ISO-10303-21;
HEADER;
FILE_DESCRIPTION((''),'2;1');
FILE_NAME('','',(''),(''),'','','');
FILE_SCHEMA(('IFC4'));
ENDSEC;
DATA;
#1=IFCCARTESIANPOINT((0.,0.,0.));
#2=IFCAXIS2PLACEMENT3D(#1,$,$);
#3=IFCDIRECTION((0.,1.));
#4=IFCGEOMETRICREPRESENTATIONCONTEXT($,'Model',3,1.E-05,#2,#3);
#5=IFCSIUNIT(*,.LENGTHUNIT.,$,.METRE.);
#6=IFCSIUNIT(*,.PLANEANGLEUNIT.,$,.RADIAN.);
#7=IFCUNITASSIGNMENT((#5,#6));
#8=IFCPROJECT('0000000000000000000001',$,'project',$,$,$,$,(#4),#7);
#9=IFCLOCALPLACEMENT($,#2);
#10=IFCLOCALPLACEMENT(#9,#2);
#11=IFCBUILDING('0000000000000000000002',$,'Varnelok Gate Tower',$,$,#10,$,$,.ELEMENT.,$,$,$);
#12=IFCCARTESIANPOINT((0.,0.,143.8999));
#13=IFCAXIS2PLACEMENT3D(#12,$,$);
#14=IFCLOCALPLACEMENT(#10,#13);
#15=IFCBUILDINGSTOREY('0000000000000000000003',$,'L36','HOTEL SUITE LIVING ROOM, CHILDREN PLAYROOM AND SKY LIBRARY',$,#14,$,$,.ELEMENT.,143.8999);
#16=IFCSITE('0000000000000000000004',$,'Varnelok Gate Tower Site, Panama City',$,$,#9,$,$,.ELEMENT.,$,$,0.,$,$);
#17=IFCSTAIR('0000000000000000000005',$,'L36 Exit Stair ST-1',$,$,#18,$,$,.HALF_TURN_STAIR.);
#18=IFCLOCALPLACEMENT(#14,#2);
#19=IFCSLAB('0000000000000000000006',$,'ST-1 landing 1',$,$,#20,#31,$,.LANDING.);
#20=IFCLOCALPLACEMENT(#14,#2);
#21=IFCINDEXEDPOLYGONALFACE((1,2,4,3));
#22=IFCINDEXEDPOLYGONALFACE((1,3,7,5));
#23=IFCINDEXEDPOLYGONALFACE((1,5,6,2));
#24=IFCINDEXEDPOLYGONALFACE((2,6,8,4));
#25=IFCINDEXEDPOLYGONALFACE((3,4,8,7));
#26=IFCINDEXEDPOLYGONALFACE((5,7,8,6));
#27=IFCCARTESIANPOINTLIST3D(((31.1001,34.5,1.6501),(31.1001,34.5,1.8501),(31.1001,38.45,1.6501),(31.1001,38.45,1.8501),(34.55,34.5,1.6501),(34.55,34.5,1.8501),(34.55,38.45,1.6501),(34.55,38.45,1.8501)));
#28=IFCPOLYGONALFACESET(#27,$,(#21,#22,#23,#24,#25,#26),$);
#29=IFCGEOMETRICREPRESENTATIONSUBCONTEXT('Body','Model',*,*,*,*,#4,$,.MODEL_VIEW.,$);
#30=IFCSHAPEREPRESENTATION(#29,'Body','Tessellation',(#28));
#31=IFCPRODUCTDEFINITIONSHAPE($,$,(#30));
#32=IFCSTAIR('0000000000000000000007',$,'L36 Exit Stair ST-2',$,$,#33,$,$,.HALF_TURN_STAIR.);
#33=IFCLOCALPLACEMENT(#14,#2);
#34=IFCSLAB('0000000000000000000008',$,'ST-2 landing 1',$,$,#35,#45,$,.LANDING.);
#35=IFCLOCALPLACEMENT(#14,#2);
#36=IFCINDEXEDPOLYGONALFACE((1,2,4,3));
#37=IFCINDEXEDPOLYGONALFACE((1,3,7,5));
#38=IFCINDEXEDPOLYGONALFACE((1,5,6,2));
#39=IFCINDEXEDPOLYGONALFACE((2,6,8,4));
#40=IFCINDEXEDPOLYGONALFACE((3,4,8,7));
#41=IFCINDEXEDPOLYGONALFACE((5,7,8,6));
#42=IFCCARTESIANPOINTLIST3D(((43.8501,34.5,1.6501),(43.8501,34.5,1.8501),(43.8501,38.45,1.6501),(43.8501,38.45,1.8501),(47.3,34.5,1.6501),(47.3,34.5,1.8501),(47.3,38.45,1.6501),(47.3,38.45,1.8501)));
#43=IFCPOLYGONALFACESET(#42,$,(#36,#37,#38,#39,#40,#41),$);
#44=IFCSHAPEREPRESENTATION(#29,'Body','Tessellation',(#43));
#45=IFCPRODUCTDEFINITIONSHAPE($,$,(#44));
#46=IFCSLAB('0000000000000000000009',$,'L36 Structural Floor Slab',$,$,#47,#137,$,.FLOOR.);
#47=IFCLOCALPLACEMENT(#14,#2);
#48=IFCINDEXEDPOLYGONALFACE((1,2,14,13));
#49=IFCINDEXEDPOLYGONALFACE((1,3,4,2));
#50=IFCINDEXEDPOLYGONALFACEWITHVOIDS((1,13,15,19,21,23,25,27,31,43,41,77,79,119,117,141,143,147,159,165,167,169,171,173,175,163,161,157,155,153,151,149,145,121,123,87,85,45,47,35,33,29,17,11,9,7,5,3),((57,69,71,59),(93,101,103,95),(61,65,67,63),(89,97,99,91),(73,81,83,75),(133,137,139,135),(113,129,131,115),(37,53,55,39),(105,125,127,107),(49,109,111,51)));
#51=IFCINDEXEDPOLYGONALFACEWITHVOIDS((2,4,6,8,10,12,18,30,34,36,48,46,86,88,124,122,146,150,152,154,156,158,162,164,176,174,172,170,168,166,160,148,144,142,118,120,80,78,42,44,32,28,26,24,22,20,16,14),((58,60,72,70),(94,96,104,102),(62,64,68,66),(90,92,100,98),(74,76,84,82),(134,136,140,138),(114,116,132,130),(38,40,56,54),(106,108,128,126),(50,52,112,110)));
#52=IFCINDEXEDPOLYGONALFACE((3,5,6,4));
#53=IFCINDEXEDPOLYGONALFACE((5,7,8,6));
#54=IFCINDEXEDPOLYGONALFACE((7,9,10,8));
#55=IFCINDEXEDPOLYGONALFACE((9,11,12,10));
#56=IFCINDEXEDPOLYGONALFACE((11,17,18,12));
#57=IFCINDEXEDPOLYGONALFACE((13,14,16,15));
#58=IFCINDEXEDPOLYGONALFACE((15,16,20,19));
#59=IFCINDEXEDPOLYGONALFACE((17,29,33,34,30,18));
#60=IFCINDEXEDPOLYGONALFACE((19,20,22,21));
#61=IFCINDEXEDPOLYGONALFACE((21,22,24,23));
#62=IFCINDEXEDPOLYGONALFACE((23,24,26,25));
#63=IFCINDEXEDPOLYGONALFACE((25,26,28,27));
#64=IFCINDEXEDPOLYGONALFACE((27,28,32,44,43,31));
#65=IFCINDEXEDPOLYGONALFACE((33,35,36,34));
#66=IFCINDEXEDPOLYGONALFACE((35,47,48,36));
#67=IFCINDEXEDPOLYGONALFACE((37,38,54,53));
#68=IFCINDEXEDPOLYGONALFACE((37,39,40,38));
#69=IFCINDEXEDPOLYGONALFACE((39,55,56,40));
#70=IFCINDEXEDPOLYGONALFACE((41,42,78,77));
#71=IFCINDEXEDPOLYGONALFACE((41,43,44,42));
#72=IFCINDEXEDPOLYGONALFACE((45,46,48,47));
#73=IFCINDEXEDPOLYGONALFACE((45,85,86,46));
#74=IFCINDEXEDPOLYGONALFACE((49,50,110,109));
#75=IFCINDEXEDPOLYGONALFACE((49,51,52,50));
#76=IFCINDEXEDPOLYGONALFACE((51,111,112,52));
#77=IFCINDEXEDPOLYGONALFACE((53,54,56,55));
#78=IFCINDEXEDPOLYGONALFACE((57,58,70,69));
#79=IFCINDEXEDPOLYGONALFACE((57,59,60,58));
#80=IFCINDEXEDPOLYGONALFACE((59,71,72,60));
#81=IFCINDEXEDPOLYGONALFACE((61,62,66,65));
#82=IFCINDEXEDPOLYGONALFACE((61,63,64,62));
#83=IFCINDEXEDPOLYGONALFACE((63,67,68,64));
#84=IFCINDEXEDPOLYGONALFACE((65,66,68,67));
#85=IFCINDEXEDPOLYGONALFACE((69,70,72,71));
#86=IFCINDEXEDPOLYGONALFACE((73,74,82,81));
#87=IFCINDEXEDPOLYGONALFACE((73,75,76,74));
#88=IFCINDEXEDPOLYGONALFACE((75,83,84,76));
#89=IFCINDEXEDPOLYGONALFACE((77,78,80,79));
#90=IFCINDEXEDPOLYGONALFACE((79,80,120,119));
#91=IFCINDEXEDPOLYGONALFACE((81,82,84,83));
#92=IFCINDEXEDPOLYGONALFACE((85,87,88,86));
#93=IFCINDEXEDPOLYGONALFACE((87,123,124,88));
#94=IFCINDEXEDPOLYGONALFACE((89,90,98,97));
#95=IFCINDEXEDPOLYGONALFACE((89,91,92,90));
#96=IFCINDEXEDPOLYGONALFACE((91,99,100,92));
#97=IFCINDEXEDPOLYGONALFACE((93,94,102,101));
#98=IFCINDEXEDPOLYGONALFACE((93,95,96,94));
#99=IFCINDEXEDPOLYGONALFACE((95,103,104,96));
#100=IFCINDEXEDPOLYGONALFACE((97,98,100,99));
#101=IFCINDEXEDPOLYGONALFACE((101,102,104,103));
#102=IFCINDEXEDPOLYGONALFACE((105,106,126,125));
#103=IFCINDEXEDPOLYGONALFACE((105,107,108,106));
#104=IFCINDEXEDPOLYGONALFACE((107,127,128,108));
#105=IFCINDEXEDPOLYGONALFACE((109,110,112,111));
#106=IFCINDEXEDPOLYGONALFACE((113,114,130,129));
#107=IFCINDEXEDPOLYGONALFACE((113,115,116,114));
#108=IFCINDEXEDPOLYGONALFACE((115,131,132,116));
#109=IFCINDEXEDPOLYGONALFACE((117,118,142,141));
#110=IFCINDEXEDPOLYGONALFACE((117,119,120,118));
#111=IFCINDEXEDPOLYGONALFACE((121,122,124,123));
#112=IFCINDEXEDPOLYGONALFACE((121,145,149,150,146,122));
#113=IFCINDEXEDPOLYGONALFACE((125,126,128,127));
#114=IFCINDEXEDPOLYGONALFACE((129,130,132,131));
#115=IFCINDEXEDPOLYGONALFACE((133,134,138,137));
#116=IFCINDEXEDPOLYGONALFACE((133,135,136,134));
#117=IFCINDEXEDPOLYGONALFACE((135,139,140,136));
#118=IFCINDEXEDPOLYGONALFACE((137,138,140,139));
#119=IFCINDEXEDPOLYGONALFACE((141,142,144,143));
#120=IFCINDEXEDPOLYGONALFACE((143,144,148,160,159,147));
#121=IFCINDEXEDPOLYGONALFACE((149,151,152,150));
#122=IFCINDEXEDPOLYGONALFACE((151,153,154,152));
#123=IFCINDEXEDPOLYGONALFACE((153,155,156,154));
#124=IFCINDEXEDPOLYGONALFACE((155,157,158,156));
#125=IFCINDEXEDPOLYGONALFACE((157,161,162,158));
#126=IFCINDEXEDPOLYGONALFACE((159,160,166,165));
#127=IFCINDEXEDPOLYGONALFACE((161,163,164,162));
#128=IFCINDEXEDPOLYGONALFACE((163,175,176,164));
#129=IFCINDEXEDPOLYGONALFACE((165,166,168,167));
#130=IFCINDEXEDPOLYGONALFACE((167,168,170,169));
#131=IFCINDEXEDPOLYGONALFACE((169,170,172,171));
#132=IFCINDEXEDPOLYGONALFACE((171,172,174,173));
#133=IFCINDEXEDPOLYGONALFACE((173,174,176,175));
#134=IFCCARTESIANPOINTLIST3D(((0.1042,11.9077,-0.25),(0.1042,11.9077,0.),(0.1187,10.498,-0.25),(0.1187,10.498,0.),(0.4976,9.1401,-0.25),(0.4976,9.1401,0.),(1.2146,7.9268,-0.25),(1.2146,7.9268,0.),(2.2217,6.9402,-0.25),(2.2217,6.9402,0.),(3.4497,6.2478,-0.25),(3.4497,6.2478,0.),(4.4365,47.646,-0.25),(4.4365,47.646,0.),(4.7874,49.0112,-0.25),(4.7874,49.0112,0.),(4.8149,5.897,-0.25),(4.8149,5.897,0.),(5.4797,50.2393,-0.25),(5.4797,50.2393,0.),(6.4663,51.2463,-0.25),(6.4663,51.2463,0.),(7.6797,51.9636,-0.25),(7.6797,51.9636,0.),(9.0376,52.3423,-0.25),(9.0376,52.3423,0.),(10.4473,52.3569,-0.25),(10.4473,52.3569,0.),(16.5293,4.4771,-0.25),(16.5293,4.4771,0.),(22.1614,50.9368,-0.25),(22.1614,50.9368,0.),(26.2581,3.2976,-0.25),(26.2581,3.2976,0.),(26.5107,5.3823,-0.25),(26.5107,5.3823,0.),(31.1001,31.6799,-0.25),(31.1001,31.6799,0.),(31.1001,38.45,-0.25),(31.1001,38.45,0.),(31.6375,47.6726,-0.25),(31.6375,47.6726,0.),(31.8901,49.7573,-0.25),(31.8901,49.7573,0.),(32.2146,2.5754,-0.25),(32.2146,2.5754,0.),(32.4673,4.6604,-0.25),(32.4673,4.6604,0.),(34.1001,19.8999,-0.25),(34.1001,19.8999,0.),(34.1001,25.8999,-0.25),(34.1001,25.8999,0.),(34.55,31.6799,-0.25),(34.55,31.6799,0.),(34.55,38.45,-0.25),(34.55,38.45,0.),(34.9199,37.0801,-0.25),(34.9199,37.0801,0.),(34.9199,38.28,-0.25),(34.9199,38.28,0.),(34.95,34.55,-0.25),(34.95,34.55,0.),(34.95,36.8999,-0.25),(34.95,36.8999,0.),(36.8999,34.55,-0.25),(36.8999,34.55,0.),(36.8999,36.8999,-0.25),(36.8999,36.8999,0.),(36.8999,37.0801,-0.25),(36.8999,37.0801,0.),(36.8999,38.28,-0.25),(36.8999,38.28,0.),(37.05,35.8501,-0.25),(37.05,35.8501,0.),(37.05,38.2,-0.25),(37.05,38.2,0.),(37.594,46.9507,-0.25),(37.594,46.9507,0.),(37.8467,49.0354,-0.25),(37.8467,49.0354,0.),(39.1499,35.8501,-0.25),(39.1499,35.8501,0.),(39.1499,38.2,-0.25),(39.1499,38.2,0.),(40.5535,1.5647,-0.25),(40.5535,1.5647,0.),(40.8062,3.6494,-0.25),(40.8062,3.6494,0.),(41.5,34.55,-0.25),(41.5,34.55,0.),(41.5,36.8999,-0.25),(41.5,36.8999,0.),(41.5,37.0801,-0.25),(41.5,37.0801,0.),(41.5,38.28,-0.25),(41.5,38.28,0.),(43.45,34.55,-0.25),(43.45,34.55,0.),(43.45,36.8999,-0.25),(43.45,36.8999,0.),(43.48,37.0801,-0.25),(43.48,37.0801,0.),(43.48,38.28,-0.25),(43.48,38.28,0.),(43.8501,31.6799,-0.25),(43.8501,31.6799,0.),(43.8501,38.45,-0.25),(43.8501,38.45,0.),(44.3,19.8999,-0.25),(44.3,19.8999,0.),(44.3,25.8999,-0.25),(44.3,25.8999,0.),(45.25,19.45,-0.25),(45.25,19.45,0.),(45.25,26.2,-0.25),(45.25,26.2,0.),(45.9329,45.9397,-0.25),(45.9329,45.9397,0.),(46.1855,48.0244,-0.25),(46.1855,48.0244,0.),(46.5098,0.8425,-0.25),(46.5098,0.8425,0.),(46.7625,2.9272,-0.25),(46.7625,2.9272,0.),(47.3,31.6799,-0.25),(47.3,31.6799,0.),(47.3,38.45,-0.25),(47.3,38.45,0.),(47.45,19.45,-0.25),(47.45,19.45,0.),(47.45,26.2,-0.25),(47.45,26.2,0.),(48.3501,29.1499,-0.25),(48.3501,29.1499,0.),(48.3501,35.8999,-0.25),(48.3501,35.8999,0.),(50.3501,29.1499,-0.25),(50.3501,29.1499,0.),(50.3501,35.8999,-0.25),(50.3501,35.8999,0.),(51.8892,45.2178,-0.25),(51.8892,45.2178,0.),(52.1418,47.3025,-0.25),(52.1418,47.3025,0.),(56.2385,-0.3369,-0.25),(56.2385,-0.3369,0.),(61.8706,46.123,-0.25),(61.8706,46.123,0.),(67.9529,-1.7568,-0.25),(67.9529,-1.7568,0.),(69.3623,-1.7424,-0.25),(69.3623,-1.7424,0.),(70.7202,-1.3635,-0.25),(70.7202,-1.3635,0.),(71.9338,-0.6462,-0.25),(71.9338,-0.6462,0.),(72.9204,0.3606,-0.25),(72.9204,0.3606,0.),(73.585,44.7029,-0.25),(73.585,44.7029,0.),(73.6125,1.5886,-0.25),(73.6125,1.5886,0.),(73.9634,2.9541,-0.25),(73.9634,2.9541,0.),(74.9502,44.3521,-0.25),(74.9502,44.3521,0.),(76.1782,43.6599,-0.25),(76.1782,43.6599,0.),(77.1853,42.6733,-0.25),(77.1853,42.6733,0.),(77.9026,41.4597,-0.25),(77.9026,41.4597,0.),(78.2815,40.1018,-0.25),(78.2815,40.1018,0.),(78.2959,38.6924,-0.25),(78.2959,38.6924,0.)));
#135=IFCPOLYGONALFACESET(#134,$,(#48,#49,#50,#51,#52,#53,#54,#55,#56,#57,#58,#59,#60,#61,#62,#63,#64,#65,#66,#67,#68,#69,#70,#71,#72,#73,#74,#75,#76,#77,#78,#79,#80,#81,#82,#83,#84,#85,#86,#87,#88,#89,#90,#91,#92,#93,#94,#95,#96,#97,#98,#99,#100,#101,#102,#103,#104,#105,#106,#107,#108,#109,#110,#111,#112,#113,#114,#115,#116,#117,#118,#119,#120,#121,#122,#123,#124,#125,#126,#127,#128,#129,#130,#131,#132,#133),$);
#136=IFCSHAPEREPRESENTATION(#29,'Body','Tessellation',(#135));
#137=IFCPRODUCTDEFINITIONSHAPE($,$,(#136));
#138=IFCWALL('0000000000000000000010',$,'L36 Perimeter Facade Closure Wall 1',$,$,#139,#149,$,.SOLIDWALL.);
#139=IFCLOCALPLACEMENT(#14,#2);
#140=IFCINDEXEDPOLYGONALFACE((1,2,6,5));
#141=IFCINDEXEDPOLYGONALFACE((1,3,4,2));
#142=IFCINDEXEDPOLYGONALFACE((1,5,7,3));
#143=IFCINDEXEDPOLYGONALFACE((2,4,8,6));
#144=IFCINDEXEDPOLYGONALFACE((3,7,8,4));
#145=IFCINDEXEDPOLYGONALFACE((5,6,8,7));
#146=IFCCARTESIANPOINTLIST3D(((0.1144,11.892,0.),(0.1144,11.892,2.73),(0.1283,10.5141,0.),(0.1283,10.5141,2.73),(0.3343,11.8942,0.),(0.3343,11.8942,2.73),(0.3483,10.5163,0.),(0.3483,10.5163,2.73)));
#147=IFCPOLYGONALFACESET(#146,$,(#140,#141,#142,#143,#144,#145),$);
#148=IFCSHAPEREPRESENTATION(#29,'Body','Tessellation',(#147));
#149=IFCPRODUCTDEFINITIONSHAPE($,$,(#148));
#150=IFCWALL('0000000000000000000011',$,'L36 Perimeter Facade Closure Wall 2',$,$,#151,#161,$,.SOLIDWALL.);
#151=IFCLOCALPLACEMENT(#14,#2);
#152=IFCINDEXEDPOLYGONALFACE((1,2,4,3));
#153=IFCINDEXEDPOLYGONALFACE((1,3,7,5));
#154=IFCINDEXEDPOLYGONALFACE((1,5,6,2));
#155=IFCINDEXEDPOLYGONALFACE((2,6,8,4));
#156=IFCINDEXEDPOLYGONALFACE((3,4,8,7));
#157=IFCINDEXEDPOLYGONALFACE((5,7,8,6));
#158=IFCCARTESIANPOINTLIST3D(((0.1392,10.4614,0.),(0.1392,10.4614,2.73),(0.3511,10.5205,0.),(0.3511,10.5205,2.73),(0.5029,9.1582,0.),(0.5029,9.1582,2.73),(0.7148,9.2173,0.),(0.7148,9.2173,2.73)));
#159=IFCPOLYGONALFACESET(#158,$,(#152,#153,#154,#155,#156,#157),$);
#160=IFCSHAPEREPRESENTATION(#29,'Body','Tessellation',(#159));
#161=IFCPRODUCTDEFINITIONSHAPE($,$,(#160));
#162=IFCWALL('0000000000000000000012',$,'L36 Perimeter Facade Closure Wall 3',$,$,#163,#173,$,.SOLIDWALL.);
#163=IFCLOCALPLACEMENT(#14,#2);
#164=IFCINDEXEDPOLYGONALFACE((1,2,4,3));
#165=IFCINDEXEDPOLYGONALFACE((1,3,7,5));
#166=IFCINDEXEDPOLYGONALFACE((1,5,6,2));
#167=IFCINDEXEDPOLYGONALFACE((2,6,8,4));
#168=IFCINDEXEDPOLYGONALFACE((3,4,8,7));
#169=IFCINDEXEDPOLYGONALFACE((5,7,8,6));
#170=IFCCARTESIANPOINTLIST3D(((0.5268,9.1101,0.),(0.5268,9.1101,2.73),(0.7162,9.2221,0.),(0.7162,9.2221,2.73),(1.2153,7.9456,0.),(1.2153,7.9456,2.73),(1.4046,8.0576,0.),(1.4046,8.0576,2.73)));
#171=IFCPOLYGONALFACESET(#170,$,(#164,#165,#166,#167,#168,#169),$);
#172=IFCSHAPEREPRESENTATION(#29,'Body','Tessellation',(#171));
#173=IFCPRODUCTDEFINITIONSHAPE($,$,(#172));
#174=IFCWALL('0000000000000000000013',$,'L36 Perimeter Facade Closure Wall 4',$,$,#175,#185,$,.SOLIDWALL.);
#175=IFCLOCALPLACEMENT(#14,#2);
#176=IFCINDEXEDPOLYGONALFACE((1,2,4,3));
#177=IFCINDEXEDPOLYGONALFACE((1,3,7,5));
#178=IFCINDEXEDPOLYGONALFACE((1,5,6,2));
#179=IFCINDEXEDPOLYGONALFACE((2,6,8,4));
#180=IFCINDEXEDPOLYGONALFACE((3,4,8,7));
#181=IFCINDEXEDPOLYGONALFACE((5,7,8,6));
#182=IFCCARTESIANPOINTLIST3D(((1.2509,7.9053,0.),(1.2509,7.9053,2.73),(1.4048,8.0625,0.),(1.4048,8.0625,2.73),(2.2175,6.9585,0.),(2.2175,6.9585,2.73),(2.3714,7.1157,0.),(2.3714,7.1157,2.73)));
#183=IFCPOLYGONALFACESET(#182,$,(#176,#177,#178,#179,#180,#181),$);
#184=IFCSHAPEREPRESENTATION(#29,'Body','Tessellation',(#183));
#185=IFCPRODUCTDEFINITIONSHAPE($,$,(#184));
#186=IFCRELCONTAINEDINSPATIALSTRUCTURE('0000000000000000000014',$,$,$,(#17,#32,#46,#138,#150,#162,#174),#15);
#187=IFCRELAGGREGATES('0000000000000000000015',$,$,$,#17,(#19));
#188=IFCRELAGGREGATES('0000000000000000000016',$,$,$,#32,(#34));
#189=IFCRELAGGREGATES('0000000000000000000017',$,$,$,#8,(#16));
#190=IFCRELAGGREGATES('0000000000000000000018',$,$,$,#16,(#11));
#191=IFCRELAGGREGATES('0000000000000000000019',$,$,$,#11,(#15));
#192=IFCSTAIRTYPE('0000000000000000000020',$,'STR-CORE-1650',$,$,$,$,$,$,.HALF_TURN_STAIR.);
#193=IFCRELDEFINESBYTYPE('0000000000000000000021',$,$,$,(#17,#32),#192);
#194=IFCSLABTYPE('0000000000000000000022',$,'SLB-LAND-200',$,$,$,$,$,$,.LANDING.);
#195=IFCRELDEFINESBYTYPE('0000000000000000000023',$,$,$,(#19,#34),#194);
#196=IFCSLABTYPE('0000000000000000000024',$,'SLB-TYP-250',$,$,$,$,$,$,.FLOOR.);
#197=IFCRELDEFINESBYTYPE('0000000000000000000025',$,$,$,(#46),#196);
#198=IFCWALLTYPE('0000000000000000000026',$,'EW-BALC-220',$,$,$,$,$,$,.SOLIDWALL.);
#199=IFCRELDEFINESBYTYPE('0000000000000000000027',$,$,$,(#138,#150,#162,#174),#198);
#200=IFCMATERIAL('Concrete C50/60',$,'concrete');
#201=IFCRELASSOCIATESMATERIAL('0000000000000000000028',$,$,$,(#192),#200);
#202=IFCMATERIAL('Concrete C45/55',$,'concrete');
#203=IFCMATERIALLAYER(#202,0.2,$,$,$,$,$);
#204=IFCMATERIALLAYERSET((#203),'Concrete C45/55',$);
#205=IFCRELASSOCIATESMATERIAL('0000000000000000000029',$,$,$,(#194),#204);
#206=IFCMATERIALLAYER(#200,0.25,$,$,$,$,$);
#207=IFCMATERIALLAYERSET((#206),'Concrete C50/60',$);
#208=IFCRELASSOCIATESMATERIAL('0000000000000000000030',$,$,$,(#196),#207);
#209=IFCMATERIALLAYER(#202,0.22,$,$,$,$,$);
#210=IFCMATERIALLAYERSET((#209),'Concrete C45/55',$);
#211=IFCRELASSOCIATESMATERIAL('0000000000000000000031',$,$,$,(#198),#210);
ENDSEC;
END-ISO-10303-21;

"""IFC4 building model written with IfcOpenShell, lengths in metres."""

from ifc_helpers import new_model, si_unit, direction, frame, frame_2d, origin, place, context, subcontext, project, spatial, polyline, rectangle, outline, extrude, material, layer, layer_set, type_object, element, aggregate, save


model = new_model("IFC4")

# Units and contexts
model_context = context("Model", 3, precision=1e-05, world=origin(), true_north=direction((0.0, 1.0)))
body_context = subcontext(model_context, "Body", "Model", "MODEL_VIEW")
ifc_project = project(units=[si_unit("LENGTHUNIT", "METRE"), si_unit("PLANEANGLEUNIT", "RADIAN")], contexts=[model_context])

# Site, building, storey
site_placement = place(None, origin())
site = spatial("IfcSite", under=ifc_project, at=site_placement, Name="Varnelok Gate Tower Site, Panama City", CompositionType="ELEMENT", RefElevation=0.0)
building_placement = place(site_placement, origin())
building = spatial("IfcBuilding", under=site, at=building_placement, Name="Varnelok Gate Tower", CompositionType="ELEMENT")
storey_placement = place(building_placement, frame((0.0, 0.0, 143.8999)))
storey = spatial("IfcBuildingStorey", under=building, at=storey_placement, Name="L36", Description="HOTEL SUITE LIVING ROOM, CHILDREN PLAYROOM AND SKY LIBRARY", CompositionType="ELEMENT", Elevation=143.8999)

# Shared definitions
ifc_material_1 = material(Name="Concrete C45/55", Category="concrete")

# Stairs, slabs
ifc_material_2 = material(Name="Concrete C50/60", Category="concrete")
stair_type = type_object("IfcStairType", Name="STR-CORE-1650", PredefinedType="HALF_TURN_STAIR", material=ifc_material_2)
stair_1_placement = place(storey_placement, origin())
stair_1 = element("IfcStair", 1, at=stair_1_placement, inside=storey, type_object=stair_type, Name="L36 Exit Stair ST-1", PredefinedType="HALF_TURN_STAIR")
ifc_layer_1 = layer(ifc_material_1, 0.2)
ifc_layer_set_1 = layer_set([ifc_layer_1], Name="Concrete C45/55")
slab_type_1 = type_object("IfcSlabType", Name="SLB-LAND-200", PredefinedType="LANDING", material=ifc_layer_set_1)
slab_1_placement = place(storey_placement, frame((0.0, 0.0, 1.6501)))
slab_1 = element("IfcSlab", 2, at=slab_1_placement, type_object=slab_type_1, Name="ST-1 landing 1", PredefinedType="LANDING", context=body_context, shape_type="SweptSolid", body=[
    extrude(outline(polyline([(34.55, 34.5), (34.55, 38.45), (31.1001, 38.45), (31.1001, 34.5), (34.55, 34.5)])), origin(), (0.0, 0.0, 1.0), 0.2),
])
aggregate(stair_1, [slab_1])
stair_2_placement = place(storey_placement, origin())
stair_2 = element("IfcStair", 3, at=stair_2_placement, inside=storey, type_object=stair_type, Name="L36 Exit Stair ST-2", PredefinedType="HALF_TURN_STAIR")
slab_2_placement = place(storey_placement, frame((0.0, 0.0, 1.6501)))
slab_2 = element("IfcSlab", 4, at=slab_2_placement, type_object=slab_type_1, Name="ST-2 landing 1", PredefinedType="LANDING", context=body_context, shape_type="SweptSolid", body=[
    extrude(outline(polyline([(47.3, 34.5), (47.3, 38.45), (43.8501, 38.45), (43.8501, 34.5), (47.3, 34.5)])), origin(), (0.0, 0.0, 1.0), 0.2),
])
aggregate(stair_2, [slab_2])

# Slab
ifc_layer_2 = layer(ifc_material_2, 0.25)
ifc_layer_set_2 = layer_set([ifc_layer_2], Name="Concrete C50/60")
slab_type_2 = type_object("IfcSlabType", Name="SLB-TYP-250", PredefinedType="FLOOR", material=ifc_layer_set_2)
slab_3_placement = place(storey_placement, frame((0.0, 0.0, -0.25)))
element("IfcSlab", 5, at=slab_3_placement, inside=storey, type_object=slab_type_2, Name="L36 Structural Floor Slab", PredefinedType="FLOOR", context=body_context, shape_type="SweptSolid", body=[
    extrude(outline(polyline([(0.1042, 11.9077), (0.1187, 10.498), (0.4976, 9.1401), (1.2146, 7.9268), (2.2217, 6.9402), (3.4497, 6.2478), (4.8149, 5.897), (16.5293, 4.4771), (26.2581, 3.2976), (26.5107, 5.3823), (32.4673, 4.6604), (32.2146, 2.5754), (40.5535, 1.5647), (40.8062, 3.6494), (46.7625, 2.9272), (46.5098, 0.8425), (56.2385, -0.3369), (67.9529, -1.7568), (69.3623, -1.7424), (70.7202, -1.3635), (71.9338, -0.6462), (72.9204, 0.3606), (73.6125, 1.5886), (73.9634, 2.9541), (78.2959, 38.6924), (78.2815, 40.1018), (77.9026, 41.4597), (77.1853, 42.6733), (76.1782, 43.6599), (74.9502, 44.3521), (73.585, 44.7029), (61.8706, 46.123), (52.1418, 47.3025), (51.8892, 45.2178), (45.9329, 45.9397), (46.1855, 48.0244), (37.8467, 49.0354), (37.594, 46.9507), (31.6375, 47.6726), (31.8901, 49.7573), (22.1614, 50.9368), (10.4473, 52.3569), (9.0376, 52.3423), (7.6797, 51.9636), (6.4663, 51.2463), (5.4797, 50.2393), (4.7874, 49.0112), (4.4365, 47.646), (0.1042, 11.9077)]), holes=[polyline([(34.55, 31.6799), (34.55, 38.45), (31.1001, 38.45), (31.1001, 31.6799), (34.55, 31.6799)]), polyline([(47.3, 31.6799), (47.3, 38.45), (43.8501, 38.45), (43.8501, 31.6799), (47.3, 31.6799)]), polyline([(34.95, 34.55), (36.8999, 34.55), (36.8999, 36.8999), (34.95, 36.8999), (34.95, 34.55)]), polyline([(41.5, 34.55), (43.45, 34.55), (43.45, 36.8999), (41.5, 36.8999), (41.5, 34.55)]), polyline([(37.05, 35.8501), (39.1499, 35.8501), (39.1499, 38.2), (37.05, 38.2), (37.05, 35.8501)]), polyline([(48.3501, 29.1499), (50.3501, 29.1499), (50.3501, 35.8999), (48.3501, 35.8999), (48.3501, 29.1499)]), polyline([(45.25, 19.45), (47.45, 19.45), (47.45, 26.2), (45.25, 26.2), (45.25, 19.45)]), polyline([(34.9199, 37.0801), (36.8999, 37.0801), (36.8999, 38.28), (34.9199, 38.28), (34.9199, 37.0801)]), polyline([(41.5, 37.0801), (43.48, 37.0801), (43.48, 38.28), (41.5, 38.28), (41.5, 37.0801)]), polyline([(34.1001, 19.8999), (44.3, 19.8999), (44.3, 25.8999), (34.1001, 25.8999), (34.1001, 19.8999)])]), origin(), (0.0, 0.0, 1.0), 0.25),
])

# Walls
ifc_layer_3 = layer(ifc_material_1, 0.22)
ifc_layer_set_3 = layer_set([ifc_layer_3], Name="Concrete C45/55")
wall_type_1 = type_object("IfcWallType", Name="EW-BALC-220", PredefinedType="SOLIDWALL", material=ifc_layer_set_3)
wall_1_placement = place(storey_placement, frame((0.2244, 11.8931, 0.0), z_axis=(0.0, 0.0, 1.0), x_axis=(0.010099, -0.999949, 0.0)))
element("IfcWall", 6, at=wall_1_placement, inside=storey, type_object=wall_type_1, Name="L36 Perimeter Facade Closure Wall 1", PredefinedType="SOLIDWALL", context=body_context, shape_type="SweptSolid", body=[
    extrude(rectangle(XDim=1.3779, YDim=0.22, at=frame_2d((0.689, 0.0))), origin(), (0.0, 0.0, 1.0), 2.73),
])
wall_2_placement = place(storey_placement, frame((0.2451, 10.491, 0.0), z_axis=(0.0, 0.0, 1.0), x_axis=(0.268853, -0.963181, 0.0)))
element("IfcWall", 7, at=wall_2_placement, inside=storey, type_object=wall_type_1, Name="L36 Perimeter Facade Closure Wall 2", PredefinedType="SOLIDWALL", context=body_context, shape_type="SweptSolid", body=[
    extrude(rectangle(XDim=1.353, YDim=0.22, at=frame_2d((0.6765, 0.0))), origin(), (0.0, 0.0, 1.0), 2.73),
])
wall_3_placement = place(storey_placement, frame((0.6216, 9.166, 0.0), z_axis=(0.0, 0.0, 1.0), x_axis=(0.508912, -0.860819, 0.0)))
element("IfcWall", 8, at=wall_3_placement, inside=storey, type_object=wall_type_1, Name="L36 Perimeter Facade Closure Wall 3", PredefinedType="SOLIDWALL", context=body_context, shape_type="SweptSolid", body=[
    extrude(rectangle(XDim=1.3528, YDim=0.22, at=frame_2d((0.6763, 0.0))), origin(), (0.0, 0.0, 1.0), 2.73),
])
wall_4_placement = place(storey_placement, frame((1.3279, 7.9839, 0.0), z_axis=(0.0, 0.0, 1.0), x_axis=(0.714377, -0.699761, 0.0)))
element("IfcWall", 9, at=wall_4_placement, inside=storey, type_object=wall_type_1, Name="L36 Perimeter Facade Closure Wall 4", PredefinedType="SOLIDWALL", context=body_context, shape_type="SweptSolid", body=[
    extrude(rectangle(XDim=1.353, YDim=0.22, at=frame_2d((0.6765, 0.0))), origin(), (0.0, 0.0, 1.0), 2.73),
])

save(model, "model.ifc")
